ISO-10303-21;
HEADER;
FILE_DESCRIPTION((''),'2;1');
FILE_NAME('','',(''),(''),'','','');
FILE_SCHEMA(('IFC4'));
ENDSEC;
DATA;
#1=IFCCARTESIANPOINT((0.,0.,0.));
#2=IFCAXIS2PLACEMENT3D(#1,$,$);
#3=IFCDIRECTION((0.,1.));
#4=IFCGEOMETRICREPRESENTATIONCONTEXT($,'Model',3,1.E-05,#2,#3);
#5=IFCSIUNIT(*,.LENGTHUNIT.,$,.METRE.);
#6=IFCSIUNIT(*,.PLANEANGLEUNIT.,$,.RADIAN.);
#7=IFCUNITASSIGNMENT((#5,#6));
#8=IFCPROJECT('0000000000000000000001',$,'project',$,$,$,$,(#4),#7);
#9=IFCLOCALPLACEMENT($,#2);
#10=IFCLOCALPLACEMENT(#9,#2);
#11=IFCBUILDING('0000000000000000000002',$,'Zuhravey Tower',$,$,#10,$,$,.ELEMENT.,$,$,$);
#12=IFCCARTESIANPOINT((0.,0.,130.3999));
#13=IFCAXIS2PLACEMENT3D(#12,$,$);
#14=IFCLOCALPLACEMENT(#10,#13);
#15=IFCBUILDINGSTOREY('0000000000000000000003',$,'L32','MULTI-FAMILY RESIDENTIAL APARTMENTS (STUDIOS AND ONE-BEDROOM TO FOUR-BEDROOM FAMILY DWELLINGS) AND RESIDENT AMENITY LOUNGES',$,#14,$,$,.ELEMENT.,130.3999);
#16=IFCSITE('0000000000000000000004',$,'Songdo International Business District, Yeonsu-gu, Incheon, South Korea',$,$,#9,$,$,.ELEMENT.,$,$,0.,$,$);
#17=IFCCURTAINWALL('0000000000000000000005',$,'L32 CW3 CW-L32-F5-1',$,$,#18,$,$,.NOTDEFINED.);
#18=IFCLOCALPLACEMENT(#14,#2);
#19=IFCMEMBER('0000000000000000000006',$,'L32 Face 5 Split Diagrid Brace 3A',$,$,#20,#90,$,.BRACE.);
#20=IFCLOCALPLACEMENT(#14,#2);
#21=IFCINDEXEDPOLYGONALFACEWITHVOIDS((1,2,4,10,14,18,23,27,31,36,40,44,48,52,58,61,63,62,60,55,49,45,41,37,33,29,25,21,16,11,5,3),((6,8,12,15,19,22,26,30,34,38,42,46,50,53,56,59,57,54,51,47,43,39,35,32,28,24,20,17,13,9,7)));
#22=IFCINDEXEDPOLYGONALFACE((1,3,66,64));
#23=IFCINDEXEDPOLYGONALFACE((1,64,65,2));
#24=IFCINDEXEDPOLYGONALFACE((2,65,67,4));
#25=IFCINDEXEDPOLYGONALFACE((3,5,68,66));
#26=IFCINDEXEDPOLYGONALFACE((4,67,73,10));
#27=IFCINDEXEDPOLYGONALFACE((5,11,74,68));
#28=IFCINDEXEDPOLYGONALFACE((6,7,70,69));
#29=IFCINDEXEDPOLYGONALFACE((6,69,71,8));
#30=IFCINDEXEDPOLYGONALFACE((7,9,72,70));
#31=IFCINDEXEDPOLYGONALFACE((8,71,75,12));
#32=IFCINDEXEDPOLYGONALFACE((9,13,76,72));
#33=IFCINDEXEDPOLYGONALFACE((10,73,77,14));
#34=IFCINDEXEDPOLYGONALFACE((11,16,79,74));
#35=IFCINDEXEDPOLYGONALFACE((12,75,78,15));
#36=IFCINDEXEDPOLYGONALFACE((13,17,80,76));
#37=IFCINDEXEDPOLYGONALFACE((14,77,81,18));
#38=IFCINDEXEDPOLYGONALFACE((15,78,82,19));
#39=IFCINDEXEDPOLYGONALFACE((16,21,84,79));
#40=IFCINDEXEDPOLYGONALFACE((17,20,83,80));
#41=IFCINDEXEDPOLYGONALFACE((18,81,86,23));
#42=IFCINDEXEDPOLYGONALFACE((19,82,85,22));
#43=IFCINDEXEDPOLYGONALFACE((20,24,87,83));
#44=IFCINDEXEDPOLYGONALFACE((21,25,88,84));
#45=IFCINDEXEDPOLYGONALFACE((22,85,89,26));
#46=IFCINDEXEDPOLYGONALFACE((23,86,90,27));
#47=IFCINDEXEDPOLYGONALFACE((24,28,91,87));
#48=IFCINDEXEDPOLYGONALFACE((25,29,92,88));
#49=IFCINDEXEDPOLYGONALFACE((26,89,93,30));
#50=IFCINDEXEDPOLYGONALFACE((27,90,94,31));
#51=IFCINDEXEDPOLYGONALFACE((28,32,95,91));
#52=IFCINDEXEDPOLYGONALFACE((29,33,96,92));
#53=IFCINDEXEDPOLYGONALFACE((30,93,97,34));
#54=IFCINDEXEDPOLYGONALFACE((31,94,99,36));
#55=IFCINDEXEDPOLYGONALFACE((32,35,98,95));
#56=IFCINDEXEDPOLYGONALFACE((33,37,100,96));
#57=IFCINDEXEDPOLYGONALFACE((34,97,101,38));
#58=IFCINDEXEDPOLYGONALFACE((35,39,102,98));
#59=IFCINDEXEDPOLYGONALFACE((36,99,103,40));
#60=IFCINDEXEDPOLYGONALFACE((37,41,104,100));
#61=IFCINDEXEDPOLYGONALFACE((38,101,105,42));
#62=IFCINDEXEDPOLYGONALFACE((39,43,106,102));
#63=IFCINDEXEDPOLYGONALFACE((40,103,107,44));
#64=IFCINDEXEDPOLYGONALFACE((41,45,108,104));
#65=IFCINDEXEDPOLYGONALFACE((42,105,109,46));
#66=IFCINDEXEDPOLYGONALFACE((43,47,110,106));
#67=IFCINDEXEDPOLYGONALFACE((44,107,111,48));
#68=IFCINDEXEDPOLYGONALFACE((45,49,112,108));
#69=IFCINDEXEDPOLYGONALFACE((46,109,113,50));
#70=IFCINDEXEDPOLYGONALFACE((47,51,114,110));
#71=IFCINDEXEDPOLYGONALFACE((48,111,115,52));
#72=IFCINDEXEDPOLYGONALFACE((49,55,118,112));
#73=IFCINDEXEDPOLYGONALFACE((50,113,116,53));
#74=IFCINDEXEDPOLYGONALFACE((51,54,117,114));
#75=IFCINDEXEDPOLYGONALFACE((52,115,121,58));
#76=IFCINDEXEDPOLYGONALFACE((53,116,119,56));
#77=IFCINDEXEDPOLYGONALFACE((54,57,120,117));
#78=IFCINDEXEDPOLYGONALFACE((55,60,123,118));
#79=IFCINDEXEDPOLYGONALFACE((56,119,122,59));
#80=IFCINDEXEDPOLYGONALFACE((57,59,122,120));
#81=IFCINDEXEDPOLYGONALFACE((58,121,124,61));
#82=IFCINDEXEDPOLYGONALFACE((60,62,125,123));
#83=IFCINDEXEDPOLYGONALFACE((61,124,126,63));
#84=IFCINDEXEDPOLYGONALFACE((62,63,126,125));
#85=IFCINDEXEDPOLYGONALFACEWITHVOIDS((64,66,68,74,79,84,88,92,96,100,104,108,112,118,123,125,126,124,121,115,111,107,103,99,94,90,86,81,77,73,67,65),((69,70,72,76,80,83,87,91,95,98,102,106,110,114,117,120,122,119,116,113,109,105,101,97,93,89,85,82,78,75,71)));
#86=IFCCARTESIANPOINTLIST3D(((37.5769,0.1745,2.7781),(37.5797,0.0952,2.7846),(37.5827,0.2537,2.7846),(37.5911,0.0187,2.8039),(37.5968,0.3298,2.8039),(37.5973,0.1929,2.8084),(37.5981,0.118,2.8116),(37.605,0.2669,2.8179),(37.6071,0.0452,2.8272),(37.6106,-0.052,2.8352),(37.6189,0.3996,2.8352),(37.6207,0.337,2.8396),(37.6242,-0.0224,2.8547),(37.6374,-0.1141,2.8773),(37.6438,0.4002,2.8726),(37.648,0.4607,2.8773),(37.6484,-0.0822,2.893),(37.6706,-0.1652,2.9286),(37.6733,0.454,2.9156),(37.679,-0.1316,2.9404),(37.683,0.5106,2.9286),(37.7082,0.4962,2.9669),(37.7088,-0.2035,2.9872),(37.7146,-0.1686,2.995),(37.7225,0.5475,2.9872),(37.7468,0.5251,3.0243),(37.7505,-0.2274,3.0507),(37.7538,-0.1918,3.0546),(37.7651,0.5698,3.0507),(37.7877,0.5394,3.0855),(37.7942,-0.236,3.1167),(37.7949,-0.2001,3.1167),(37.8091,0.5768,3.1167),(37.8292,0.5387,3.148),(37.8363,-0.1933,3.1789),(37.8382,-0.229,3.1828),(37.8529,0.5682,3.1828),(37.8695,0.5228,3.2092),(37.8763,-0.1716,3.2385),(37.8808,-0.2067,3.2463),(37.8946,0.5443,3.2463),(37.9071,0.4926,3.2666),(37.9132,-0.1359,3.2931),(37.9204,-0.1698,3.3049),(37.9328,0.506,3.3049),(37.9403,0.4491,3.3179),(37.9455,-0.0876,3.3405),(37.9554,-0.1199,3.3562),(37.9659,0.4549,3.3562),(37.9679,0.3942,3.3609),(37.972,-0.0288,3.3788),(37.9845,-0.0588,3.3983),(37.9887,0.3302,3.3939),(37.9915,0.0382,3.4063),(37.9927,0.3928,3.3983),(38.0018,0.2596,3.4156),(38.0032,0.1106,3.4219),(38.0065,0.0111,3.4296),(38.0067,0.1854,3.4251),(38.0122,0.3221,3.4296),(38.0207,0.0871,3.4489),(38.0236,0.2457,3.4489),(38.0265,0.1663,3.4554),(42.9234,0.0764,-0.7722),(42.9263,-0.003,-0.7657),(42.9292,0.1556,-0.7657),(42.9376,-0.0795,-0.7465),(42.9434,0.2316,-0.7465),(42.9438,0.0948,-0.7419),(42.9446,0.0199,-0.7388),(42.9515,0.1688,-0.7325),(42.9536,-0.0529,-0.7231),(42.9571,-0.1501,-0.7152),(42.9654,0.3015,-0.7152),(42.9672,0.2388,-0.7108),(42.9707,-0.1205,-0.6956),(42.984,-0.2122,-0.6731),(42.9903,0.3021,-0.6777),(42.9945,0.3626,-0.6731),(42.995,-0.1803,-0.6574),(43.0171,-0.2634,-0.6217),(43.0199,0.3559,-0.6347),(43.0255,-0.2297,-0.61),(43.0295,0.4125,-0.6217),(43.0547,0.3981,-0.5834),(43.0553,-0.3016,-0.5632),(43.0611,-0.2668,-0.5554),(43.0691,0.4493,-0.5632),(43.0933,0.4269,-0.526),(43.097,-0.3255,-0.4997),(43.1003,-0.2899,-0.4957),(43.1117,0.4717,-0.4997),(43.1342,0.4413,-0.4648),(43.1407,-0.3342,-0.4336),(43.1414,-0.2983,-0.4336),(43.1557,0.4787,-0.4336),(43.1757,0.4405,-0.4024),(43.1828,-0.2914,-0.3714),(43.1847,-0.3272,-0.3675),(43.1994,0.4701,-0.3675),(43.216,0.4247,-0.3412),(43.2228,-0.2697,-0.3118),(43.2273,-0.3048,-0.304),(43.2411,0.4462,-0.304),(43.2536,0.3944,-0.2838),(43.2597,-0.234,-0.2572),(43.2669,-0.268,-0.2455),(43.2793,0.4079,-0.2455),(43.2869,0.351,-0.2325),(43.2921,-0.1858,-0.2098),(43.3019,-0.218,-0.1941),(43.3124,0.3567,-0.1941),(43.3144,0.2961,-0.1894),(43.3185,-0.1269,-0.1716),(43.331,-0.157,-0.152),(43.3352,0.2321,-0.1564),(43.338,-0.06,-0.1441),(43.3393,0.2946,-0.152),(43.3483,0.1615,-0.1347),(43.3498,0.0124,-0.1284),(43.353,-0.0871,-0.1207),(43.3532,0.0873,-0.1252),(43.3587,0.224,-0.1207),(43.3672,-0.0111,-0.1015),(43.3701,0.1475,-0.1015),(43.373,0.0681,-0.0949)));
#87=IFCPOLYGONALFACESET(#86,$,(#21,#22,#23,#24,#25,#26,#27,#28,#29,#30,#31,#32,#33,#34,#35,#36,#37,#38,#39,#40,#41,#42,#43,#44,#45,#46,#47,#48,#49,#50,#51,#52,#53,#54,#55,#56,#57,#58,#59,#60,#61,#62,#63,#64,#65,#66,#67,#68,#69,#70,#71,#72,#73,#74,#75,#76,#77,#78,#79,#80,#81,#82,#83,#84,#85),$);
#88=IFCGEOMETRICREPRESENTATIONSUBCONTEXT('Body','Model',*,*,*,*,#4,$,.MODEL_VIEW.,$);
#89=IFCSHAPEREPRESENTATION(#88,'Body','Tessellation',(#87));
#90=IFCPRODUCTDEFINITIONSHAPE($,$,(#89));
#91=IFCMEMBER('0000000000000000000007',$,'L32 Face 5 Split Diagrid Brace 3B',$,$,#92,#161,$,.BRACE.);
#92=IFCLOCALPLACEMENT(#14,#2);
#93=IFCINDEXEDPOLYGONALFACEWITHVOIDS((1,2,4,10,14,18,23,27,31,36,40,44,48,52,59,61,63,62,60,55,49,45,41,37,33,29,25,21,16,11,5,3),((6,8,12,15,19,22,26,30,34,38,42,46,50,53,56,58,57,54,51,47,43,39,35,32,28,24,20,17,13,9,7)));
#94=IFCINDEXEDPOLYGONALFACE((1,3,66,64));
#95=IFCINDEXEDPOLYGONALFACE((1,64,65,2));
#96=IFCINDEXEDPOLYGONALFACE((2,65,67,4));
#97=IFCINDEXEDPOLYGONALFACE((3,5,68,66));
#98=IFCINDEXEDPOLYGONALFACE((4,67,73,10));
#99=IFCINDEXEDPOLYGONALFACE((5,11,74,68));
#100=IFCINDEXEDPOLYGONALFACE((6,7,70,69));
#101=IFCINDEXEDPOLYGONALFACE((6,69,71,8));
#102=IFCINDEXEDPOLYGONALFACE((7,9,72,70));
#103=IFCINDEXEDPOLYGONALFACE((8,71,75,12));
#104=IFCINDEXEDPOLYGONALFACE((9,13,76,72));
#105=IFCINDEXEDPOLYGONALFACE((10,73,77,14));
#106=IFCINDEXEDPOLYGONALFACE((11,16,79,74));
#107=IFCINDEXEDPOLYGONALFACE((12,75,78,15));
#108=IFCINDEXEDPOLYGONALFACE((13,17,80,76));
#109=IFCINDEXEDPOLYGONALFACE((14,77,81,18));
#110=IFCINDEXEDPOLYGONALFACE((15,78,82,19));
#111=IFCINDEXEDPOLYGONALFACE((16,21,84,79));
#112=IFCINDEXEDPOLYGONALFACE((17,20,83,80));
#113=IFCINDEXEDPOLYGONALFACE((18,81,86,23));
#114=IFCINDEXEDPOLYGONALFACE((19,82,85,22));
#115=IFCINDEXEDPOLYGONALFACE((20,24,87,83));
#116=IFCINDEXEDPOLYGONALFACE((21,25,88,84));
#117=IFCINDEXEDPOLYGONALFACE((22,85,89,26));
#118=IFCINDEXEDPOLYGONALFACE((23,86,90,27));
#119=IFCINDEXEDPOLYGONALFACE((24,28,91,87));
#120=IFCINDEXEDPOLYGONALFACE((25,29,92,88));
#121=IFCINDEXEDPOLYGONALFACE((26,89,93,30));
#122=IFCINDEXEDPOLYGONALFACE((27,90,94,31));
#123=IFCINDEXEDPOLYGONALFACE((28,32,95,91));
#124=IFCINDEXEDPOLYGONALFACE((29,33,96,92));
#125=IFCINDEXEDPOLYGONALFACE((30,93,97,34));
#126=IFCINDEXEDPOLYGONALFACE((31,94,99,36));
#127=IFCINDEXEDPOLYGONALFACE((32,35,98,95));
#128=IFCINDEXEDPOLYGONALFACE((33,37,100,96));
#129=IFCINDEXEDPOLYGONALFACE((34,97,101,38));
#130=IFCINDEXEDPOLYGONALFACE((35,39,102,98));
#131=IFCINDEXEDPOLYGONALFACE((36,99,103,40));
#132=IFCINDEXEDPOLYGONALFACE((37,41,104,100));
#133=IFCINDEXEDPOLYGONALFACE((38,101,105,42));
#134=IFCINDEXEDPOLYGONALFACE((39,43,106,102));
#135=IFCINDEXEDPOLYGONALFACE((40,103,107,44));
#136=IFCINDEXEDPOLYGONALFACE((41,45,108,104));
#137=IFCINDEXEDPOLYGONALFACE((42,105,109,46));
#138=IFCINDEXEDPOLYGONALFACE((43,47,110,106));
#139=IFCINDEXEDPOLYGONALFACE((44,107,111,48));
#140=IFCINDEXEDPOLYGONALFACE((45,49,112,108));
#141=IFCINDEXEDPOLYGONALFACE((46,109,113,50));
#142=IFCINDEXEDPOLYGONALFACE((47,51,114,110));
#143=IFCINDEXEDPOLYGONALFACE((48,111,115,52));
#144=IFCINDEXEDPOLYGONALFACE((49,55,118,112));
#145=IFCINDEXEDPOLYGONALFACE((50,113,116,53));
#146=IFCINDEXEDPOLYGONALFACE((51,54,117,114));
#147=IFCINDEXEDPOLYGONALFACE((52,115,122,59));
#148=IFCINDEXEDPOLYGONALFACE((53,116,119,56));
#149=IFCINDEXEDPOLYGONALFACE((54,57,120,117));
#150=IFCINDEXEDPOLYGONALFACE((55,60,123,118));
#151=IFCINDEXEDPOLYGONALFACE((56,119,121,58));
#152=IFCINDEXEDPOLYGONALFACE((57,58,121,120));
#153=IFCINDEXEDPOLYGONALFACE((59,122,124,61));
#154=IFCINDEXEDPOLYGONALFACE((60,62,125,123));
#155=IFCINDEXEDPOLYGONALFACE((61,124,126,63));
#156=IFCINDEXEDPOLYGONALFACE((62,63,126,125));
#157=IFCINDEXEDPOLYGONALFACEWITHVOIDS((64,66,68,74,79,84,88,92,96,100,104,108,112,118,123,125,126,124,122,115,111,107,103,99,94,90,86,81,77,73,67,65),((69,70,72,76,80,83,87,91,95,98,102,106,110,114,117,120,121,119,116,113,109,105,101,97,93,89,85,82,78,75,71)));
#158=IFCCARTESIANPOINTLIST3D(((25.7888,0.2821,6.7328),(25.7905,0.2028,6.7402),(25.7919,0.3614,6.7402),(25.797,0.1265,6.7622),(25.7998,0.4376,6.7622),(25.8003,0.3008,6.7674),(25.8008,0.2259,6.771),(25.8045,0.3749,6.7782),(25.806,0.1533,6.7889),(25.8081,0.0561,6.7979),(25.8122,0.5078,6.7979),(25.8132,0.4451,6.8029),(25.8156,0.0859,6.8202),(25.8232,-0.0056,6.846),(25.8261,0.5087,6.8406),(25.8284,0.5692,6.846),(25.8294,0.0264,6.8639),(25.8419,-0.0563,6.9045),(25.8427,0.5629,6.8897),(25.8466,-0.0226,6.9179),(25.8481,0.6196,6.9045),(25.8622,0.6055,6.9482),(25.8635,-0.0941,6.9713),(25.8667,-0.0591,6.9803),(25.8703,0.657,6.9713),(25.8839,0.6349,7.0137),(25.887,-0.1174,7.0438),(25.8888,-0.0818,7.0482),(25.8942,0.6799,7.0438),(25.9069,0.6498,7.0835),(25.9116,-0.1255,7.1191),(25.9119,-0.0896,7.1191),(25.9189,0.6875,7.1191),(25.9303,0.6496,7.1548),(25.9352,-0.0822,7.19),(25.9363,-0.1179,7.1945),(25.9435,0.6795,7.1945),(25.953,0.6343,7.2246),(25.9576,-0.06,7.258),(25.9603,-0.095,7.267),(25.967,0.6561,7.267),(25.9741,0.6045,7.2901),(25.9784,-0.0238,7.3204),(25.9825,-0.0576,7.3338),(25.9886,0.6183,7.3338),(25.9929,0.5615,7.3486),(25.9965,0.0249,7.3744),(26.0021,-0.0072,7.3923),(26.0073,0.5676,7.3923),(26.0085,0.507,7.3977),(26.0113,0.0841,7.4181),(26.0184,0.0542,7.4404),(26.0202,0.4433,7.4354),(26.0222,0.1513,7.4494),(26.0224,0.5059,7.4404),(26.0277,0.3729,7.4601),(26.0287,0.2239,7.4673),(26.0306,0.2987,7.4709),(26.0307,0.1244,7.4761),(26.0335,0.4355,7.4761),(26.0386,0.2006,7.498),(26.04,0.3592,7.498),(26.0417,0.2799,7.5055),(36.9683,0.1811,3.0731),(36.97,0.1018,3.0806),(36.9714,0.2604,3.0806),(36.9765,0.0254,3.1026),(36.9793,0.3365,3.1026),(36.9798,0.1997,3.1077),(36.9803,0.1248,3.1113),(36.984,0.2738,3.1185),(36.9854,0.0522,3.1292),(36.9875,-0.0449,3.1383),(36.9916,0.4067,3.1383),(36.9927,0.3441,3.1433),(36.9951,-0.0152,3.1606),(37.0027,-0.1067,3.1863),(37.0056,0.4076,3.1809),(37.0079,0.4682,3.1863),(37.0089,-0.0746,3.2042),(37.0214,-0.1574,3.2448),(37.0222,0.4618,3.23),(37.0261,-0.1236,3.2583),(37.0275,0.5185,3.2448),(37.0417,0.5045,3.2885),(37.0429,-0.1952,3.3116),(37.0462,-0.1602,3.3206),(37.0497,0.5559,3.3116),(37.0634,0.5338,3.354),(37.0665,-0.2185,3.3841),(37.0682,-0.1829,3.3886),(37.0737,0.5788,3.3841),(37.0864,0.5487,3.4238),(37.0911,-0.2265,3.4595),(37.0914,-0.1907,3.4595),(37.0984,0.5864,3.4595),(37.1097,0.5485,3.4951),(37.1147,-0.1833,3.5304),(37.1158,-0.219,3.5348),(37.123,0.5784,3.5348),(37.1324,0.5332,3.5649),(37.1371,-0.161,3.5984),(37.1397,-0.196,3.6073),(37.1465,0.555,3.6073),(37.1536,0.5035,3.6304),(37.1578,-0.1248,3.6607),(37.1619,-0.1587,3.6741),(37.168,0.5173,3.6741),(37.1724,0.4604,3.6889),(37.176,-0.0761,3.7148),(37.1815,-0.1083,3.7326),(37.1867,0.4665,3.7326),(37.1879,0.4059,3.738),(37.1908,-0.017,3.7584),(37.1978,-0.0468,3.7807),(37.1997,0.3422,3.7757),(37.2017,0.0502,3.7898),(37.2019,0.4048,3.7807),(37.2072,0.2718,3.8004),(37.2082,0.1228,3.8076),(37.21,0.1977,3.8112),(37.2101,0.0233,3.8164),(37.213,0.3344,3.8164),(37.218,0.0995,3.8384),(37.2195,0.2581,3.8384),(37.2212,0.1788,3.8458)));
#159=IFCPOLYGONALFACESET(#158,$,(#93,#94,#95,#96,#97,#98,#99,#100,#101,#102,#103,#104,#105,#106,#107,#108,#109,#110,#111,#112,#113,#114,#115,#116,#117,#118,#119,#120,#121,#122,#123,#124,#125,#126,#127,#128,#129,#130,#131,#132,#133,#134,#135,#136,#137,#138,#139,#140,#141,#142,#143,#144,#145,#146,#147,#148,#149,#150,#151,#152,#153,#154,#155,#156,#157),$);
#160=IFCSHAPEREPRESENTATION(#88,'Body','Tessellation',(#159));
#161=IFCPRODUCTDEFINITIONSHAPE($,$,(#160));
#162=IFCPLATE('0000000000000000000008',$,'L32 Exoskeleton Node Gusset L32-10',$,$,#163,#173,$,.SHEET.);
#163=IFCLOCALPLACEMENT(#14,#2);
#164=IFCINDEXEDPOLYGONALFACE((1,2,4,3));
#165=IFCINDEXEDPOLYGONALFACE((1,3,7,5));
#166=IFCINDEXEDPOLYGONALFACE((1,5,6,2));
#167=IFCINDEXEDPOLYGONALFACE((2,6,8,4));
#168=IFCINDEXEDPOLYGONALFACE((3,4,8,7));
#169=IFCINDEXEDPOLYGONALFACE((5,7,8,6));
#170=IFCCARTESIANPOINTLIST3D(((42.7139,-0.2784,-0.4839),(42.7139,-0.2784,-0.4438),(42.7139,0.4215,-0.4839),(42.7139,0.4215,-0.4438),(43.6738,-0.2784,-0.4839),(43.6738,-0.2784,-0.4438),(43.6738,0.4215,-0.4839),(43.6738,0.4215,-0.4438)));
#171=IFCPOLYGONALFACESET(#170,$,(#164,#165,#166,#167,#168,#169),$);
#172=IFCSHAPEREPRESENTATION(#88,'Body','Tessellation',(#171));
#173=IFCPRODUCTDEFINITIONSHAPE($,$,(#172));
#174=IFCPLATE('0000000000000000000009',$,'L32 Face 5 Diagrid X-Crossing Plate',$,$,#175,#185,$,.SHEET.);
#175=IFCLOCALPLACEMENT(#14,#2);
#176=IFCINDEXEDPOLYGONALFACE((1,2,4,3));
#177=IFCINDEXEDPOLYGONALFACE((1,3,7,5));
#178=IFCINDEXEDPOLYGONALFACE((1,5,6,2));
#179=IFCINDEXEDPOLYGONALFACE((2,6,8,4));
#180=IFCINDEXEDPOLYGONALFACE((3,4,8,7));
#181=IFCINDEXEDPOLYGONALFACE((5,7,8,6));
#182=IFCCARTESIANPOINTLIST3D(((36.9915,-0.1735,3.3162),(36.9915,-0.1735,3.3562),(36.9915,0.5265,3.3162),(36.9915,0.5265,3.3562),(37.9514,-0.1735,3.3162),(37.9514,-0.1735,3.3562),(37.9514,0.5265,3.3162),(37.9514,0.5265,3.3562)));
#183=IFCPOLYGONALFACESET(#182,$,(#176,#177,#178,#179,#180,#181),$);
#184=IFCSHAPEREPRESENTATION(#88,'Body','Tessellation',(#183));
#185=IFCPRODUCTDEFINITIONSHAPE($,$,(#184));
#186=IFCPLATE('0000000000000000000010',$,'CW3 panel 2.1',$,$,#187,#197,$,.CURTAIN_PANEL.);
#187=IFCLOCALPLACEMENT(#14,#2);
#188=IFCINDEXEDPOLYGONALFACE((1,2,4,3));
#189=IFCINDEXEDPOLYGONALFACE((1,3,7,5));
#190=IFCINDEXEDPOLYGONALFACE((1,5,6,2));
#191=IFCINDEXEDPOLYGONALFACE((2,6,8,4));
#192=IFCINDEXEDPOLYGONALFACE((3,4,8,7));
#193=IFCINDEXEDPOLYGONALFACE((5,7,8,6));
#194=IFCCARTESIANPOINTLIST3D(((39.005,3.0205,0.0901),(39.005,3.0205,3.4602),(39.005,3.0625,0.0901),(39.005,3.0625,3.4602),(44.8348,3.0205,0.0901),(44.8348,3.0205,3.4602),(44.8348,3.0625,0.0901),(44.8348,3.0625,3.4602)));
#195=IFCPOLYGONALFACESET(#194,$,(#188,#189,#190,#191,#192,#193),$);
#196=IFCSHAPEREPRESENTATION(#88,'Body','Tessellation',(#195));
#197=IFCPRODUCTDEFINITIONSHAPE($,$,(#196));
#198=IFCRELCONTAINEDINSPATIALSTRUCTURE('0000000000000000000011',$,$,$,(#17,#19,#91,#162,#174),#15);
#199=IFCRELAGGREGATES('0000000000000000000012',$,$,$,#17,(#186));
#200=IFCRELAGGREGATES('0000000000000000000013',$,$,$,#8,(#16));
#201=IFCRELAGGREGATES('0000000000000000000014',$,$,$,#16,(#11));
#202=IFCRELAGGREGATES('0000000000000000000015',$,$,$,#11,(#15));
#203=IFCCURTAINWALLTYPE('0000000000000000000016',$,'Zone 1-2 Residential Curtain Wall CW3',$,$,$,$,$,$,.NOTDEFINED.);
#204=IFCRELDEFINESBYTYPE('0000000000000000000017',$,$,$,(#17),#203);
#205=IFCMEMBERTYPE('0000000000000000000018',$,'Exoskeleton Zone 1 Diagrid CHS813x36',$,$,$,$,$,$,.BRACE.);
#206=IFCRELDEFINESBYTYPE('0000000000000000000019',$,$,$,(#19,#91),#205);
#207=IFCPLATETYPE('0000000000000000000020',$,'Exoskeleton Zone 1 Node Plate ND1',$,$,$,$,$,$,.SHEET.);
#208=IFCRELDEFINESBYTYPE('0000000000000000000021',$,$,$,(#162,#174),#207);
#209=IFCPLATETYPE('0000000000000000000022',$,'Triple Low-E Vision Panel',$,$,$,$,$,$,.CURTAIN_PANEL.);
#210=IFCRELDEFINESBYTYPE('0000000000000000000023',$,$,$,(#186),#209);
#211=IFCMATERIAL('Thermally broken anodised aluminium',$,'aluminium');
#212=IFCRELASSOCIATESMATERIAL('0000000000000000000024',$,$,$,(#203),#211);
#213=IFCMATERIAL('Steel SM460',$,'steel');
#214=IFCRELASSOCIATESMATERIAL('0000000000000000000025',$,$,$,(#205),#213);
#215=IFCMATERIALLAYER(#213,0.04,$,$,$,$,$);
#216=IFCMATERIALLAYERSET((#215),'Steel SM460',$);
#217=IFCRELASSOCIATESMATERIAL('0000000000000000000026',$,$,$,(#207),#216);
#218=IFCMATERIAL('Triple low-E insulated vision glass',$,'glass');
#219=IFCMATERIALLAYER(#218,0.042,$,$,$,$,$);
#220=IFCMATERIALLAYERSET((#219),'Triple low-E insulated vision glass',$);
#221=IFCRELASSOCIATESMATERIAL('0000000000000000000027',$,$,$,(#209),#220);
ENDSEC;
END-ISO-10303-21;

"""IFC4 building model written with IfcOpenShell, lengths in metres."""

from ifc_helpers import new_model, si_unit, direction, frame, origin, origin_2d, place, context, subcontext, project, spatial, rectangle, hollow_circle, extrude, material, layer, layer_set, material_profile, profile_set, type_object, element, aggregate, save


model = new_model("IFC4")

# Units and contexts
model_context = context("Model", 3, precision=1e-05, world=origin(), true_north=direction((0.0, 1.0)))
body_context = subcontext(model_context, "Body", "Model", "MODEL_VIEW")
ifc_project = project(units=[si_unit("LENGTHUNIT", "METRE"), si_unit("PLANEANGLEUNIT", "RADIAN")], contexts=[model_context])

# Site, building, storey
site_placement = place(None, origin())
site = spatial("IfcSite", under=ifc_project, at=site_placement, Name="Songdo International Business District, Yeonsu-gu, Incheon, South Korea", CompositionType="ELEMENT", RefElevation=0.0)
building_placement = place(site_placement, origin())
building = spatial("IfcBuilding", under=site, at=building_placement, Name="Zuhravey Tower", CompositionType="ELEMENT")
storey_placement = place(building_placement, frame((0.0, 0.0, 130.3999)))
storey = spatial("IfcBuildingStorey", under=building, at=storey_placement, Name="L32", Description="MULTI-FAMILY RESIDENTIAL APARTMENTS (STUDIOS AND ONE-BEDROOM TO FOUR-BEDROOM FAMILY DWELLINGS) AND RESIDENT AMENITY LOUNGES", CompositionType="ELEMENT", Elevation=130.3999)

# Curtain wall
ifc_material_1 = material(Name="Thermally broken anodised aluminium", Category="aluminium")
curtain_wall_type = type_object("IfcCurtainWallType", Name="Zone 1-2 Residential Curtain Wall CW3", PredefinedType="NOTDEFINED", material=ifc_material_1)
curtain_wall_placement = place(storey_placement, origin())
curtain_wall = element("IfcCurtainWall", 1, at=curtain_wall_placement, inside=storey, type_object=curtain_wall_type, Name="L32 CW3 CW-L32-F5-1", PredefinedType="NOTDEFINED")

# Members
ifc_material_2 = material(Name="Steel SM460", Category="steel")
ifc_material_profile_1 = material_profile(ifc_material_2, hollow_circle(Radius=0.4065, WallThickness=0.0359, at=origin_2d()), Name="CHS-812.8x36")
ifc_profile_set_1 = profile_set([ifc_material_profile_1], Name="Steel SM460")
member_type_1 = type_object("IfcMemberType", Name="Exoskeleton Zone 1 Diagrid CHS813x36", PredefinedType="BRACE", material=ifc_profile_set_1)
member_1_placement = place(storey_placement, frame((43.1482, 0.0723, -0.4336), z_axis=(-0.832958, 0.015291, 0.553125), x_axis=(-0.018354, -0.999832, 0.0)))
element("IfcMember", 2, at=member_1_placement, inside=storey, type_object=member_type_1, Name="L32 Face 5 Split Diagrid Brace 3A", PredefinedType="BRACE", context=body_context, shape_type="SweptSolid", body=[
    extrude(hollow_circle(Radius=0.4065, WallThickness=0.0359, at=origin_2d()), origin(), (0.0, 0.0, 1.0), 6.4187),
])
member_2_placement = place(storey_placement, frame((37.0947, 0.1799, 3.4595), z_axis=(-0.950338, 0.008592, 0.3111), x_axis=(-0.009041, -0.999959, 0.0)))
element("IfcMember", 3, at=member_2_placement, inside=storey, type_object=member_type_1, Name="L32 Face 5 Split Diagrid Brace 3B", PredefinedType="BRACE", context=body_context, shape_type="SweptSolid", body=[
    extrude(hollow_circle(Radius=0.4065, WallThickness=0.0359, at=origin_2d()), origin(), (0.0, 0.0, 1.0), 11.7637),
])

# Plates
ifc_layer_1 = layer(ifc_material_2, 0.04)
ifc_layer_set_1 = layer_set([ifc_layer_1], Name="Steel SM460")
plate_type_1 = type_object("IfcPlateType", Name="Exoskeleton Zone 1 Node Plate ND1", PredefinedType="SHEET", material=ifc_layer_set_1)
for number, where, z_axis, x_axis, name in (
    (4, (43.1938, 0.0715, -0.4839), (0.0, 0.0, 1.0), (1.0, 0.0, 0.0), "L32 Exoskeleton Node Gusset L32-10"),
    (5, (37.4714, 0.1765, 3.3162), (0.0, 0.0, 1.0), (1.0, 0.0, 0.0), "L32 Face 5 Diagrid X-Crossing Plate"),
):
    element("IfcPlate", number, at=place(storey_placement, frame(where, z_axis=z_axis, x_axis=x_axis)), inside=storey, type_object=plate_type_1, Name=name, PredefinedType="SHEET", context=body_context, shape_type="SweptSolid", body=[
        extrude(rectangle(XDim=0.96, YDim=0.7, at=origin_2d()), origin(), (0.0, 0.0, 1.0), 0.04),
    ])

# Plate
ifc_material_3 = material(Name="Triple low-E insulated vision glass", Category="glass")
ifc_layer_2 = layer(ifc_material_3, 0.042)
ifc_layer_set_2 = layer_set([ifc_layer_2], Name="Triple low-E insulated vision glass")
plate_type_2 = type_object("IfcPlateType", Name="Triple Low-E Vision Panel", PredefinedType="CURTAIN_PANEL", material=ifc_layer_set_2)
plate_1_placement = place(storey_placement, frame((41.9199, 3.0415, 0.0901), z_axis=(0.0, 0.0, 1.0), x_axis=(-1.0, 0.0, 0.0)))
plate_1 = element("IfcPlate", 6, at=plate_1_placement, type_object=plate_type_2, Name="CW3 panel 2.1", PredefinedType="CURTAIN_PANEL", context=body_context, shape_type="SweptSolid", body=[
    extrude(rectangle(XDim=5.8298, YDim=0.042, at=origin_2d()), origin(), (0.0, 0.0, 1.0), 3.3701),
])
aggregate(curtain_wall, [plate_1])

save(model, "model.ifc")
